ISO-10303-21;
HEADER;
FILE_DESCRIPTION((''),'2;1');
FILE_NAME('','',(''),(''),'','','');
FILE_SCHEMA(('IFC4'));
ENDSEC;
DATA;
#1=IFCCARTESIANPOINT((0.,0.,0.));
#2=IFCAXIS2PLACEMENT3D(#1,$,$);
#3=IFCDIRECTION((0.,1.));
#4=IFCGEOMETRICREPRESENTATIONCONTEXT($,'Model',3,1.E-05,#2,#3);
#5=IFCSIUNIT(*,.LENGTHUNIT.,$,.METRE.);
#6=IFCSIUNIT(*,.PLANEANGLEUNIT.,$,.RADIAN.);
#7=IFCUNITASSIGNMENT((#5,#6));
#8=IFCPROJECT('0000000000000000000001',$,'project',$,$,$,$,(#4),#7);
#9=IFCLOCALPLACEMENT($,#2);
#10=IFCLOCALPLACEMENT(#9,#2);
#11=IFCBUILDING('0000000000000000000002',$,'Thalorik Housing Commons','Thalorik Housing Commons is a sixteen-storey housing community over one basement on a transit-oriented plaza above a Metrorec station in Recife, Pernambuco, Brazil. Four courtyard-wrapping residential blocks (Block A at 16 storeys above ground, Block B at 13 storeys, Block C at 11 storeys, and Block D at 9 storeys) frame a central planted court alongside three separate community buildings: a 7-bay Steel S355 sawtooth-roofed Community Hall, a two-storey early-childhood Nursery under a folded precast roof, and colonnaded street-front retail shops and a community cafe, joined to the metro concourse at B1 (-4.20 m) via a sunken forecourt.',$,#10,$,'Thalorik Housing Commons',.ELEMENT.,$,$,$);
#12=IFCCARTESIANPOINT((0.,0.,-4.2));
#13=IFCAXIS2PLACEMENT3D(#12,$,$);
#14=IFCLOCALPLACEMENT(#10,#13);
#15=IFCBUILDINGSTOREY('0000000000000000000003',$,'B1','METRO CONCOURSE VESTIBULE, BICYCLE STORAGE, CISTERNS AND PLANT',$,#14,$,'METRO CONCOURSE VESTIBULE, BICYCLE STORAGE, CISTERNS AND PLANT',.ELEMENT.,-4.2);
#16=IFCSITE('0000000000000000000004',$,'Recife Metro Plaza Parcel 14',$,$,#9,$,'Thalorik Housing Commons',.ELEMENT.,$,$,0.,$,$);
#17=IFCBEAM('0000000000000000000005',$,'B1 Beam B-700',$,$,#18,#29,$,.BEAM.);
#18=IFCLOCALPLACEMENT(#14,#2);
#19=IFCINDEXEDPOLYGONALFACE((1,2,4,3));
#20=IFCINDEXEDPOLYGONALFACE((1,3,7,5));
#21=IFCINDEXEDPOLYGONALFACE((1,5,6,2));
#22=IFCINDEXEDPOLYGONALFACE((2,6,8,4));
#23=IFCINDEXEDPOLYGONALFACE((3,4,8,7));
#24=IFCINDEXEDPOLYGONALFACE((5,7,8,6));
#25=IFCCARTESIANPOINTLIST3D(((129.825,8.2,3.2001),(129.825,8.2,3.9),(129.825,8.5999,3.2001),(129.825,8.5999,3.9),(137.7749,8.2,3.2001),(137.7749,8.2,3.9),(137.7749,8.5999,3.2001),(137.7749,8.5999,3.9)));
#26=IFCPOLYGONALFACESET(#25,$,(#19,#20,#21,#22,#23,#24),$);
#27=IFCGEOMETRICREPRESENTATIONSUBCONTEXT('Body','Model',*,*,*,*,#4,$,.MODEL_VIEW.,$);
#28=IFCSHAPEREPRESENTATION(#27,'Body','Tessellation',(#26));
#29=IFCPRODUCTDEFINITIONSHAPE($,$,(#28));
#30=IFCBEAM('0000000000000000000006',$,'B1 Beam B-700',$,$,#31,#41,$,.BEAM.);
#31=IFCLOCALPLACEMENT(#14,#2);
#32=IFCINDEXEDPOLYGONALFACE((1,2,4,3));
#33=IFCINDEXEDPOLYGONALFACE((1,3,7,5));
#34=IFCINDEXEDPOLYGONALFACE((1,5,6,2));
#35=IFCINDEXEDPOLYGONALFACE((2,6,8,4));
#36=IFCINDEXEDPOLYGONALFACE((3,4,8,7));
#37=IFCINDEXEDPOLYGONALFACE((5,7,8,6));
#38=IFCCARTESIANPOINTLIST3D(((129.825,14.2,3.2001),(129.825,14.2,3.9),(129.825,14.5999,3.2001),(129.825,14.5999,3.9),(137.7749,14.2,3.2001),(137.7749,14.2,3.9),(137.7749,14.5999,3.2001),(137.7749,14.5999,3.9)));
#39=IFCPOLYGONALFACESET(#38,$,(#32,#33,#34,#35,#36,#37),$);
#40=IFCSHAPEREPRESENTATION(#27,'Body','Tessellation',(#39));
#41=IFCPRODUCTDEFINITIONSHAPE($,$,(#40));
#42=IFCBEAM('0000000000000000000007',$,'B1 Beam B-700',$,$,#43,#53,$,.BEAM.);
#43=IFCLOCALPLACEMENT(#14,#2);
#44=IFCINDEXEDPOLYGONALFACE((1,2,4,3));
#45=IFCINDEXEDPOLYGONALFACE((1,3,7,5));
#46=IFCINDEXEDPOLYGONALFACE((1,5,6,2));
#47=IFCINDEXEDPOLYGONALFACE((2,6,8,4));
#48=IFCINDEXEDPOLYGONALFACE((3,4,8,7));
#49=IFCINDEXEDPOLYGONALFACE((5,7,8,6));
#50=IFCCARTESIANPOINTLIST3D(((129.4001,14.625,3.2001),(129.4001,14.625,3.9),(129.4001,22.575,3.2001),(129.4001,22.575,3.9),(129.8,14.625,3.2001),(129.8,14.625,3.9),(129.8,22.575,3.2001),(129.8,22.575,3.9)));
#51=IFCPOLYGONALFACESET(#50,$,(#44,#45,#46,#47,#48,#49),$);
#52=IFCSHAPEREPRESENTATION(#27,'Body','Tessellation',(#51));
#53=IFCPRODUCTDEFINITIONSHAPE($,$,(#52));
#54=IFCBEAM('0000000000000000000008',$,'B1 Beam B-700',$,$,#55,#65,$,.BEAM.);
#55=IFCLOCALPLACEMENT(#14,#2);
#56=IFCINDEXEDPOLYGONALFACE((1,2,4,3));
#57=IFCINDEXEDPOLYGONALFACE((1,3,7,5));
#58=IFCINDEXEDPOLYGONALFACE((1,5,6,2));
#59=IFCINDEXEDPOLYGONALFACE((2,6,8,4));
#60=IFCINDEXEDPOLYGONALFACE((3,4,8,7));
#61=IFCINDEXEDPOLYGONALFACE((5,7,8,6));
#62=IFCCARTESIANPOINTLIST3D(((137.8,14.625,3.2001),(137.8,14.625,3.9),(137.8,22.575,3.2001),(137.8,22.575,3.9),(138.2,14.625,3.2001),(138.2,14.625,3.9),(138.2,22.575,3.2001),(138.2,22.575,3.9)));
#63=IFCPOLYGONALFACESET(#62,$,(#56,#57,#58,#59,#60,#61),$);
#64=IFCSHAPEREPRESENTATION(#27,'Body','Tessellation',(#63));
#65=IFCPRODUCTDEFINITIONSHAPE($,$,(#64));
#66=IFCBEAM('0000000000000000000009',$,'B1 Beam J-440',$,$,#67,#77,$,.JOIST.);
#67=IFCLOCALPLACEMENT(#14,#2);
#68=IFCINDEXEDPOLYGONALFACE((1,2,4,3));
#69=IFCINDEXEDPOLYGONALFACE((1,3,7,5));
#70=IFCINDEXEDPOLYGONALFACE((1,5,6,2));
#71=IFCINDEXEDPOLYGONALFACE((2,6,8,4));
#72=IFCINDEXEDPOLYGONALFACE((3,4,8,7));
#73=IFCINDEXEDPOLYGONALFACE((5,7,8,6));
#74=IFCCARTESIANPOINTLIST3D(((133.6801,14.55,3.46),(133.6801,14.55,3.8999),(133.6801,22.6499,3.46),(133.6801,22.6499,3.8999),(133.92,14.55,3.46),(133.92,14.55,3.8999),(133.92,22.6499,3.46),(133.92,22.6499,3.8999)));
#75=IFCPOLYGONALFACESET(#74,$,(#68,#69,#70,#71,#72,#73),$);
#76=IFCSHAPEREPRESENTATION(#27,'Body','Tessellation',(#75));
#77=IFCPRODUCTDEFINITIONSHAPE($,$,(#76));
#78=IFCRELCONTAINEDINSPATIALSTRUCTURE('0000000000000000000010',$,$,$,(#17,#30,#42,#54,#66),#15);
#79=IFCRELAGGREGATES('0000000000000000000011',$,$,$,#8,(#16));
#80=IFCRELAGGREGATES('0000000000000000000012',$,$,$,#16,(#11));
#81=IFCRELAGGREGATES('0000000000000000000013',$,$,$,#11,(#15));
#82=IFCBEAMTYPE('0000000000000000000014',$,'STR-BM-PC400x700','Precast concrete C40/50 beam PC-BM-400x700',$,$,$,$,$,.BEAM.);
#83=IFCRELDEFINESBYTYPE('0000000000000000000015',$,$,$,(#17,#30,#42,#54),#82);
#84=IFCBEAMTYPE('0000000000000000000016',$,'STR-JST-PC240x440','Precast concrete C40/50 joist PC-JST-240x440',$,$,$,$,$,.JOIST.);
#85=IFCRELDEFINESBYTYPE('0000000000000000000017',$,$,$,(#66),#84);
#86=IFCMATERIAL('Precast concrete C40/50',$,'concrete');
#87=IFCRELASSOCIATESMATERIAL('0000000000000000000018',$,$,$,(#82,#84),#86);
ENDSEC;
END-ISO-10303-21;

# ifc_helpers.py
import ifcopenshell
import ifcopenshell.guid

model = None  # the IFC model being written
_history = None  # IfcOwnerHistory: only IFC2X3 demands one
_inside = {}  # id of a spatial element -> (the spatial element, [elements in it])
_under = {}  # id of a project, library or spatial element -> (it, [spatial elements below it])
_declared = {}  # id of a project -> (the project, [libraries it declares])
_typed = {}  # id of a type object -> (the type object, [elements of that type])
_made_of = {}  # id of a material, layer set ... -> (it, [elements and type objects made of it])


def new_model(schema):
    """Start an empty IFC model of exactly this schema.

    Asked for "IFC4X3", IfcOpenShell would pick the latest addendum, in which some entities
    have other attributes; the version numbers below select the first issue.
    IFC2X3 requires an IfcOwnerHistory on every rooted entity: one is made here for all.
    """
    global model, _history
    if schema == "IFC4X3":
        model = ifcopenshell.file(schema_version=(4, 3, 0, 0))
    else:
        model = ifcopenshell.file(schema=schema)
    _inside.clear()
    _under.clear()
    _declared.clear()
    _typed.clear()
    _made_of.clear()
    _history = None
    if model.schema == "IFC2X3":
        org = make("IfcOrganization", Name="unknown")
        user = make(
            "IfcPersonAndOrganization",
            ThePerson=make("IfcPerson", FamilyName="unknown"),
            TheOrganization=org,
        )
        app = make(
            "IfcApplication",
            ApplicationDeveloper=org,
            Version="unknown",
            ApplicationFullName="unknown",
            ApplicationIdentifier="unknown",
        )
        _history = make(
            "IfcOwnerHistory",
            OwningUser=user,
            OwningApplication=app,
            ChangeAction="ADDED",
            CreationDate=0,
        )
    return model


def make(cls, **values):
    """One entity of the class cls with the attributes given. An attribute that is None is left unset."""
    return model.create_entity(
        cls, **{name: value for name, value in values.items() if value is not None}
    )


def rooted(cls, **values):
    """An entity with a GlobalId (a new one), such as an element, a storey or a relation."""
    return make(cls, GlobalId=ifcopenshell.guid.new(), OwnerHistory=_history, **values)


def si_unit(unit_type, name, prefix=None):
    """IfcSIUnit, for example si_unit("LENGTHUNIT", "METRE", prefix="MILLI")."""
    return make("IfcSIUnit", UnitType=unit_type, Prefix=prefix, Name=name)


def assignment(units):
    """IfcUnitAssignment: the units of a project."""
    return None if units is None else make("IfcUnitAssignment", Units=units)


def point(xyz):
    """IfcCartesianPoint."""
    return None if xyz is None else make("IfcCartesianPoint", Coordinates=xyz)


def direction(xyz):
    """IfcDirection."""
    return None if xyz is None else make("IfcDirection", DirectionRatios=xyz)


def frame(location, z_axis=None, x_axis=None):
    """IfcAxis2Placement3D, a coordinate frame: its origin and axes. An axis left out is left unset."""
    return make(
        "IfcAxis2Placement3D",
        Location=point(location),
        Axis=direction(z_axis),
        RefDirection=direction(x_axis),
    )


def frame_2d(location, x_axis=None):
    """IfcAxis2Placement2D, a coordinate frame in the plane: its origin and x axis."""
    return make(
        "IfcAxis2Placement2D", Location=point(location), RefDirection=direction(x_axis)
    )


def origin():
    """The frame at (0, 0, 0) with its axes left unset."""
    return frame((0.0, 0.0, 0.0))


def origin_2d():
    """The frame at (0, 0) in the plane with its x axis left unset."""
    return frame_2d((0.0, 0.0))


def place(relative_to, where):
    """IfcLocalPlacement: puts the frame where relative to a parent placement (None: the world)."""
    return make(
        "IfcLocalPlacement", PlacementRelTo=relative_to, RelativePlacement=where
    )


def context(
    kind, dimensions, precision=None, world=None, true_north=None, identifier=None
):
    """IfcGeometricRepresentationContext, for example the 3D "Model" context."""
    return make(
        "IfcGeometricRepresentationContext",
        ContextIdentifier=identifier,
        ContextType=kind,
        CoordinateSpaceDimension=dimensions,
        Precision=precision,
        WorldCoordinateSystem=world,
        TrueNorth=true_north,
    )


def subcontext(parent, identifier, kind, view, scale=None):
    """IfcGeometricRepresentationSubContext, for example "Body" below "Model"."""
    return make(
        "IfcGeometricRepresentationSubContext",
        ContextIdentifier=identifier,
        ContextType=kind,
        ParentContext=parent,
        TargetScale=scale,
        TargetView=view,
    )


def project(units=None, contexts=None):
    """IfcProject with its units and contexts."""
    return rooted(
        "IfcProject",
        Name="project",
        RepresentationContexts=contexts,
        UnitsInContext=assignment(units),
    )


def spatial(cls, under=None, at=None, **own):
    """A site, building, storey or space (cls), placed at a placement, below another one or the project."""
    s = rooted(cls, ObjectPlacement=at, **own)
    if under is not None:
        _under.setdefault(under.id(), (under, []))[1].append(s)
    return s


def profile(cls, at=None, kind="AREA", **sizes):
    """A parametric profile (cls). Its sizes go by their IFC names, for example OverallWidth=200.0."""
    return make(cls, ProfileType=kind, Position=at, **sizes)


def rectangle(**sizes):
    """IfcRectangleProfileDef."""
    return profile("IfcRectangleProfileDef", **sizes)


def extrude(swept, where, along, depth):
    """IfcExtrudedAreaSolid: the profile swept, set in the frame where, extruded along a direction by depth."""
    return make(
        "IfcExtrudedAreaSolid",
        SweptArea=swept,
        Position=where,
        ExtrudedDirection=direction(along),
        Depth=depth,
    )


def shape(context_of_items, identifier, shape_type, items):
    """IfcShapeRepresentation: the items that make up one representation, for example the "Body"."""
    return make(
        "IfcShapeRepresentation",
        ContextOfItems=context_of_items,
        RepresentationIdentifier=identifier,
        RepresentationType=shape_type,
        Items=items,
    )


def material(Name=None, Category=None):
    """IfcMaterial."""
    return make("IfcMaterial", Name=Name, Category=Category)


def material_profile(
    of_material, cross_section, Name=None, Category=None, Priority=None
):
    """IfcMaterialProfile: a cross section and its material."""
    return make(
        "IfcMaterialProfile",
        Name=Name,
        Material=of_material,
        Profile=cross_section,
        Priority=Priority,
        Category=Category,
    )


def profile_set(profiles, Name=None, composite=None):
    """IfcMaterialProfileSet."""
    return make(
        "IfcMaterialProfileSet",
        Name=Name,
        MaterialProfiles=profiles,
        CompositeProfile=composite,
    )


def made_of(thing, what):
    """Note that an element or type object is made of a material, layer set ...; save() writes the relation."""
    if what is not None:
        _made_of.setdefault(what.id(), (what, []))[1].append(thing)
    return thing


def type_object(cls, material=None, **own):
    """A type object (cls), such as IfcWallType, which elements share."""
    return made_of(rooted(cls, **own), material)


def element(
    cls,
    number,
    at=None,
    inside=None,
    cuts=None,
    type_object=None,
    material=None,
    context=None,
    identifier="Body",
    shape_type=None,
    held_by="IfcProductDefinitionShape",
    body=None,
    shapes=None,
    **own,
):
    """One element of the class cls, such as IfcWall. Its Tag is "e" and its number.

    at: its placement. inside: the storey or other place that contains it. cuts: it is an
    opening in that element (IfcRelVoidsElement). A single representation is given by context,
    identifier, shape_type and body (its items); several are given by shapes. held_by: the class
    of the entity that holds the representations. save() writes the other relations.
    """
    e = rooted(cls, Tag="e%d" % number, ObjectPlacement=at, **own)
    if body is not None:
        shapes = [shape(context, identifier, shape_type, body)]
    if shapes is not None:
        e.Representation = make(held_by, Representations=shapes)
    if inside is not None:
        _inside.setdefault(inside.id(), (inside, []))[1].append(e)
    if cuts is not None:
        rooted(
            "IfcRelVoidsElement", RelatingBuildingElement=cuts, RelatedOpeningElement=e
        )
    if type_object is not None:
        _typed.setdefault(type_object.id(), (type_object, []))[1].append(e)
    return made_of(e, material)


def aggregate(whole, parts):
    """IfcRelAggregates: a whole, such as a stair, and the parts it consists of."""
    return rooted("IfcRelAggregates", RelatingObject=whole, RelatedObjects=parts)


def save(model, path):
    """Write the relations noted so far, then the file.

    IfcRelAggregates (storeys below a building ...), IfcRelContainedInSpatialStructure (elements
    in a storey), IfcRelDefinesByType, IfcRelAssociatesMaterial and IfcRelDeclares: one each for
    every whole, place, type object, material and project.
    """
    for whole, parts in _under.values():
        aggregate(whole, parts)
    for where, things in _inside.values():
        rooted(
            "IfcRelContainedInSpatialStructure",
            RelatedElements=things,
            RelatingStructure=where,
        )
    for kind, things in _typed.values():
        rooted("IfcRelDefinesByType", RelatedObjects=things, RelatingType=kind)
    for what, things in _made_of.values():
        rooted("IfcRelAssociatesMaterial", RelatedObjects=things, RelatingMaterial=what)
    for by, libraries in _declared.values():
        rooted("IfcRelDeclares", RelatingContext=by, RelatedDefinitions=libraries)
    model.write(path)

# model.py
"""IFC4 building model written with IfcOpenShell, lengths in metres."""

from ifc_helpers import new_model, si_unit, direction, frame, origin, origin_2d, place, context, subcontext, project, spatial, rectangle, extrude, material, material_profile, profile_set, type_object, element, save


model = new_model("IFC4")

# Units and contexts
model_context = context("Model", 3, precision=1e-05, world=origin(), true_north=direction((0.0, 1.0)))
body_context = subcontext(model_context, "Body", "Model", "MODEL_VIEW")
ifc_project = project(units=[si_unit("LENGTHUNIT", "METRE"), si_unit("PLANEANGLEUNIT", "RADIAN")], contexts=[model_context])

# Site, building, storey
site_placement = place(None, origin())
site = spatial("IfcSite", under=ifc_project, at=site_placement, Name="Recife Metro Plaza Parcel 14", LongName="Thalorik Housing Commons", CompositionType="ELEMENT", RefElevation=0.0)
building_placement = place(site_placement, origin())
building = spatial("IfcBuilding", under=site, at=building_placement, Name="Thalorik Housing Commons", Description="Thalorik Housing Commons is a sixteen-storey housing community over one basement on a transit-oriented plaza above a Metrorec station in Recife, Pernambuco, Brazil. Four courtyard-wrapping residential blocks (Block A at 16 storeys above ground, Block B at 13 storeys, Block C at 11 storeys, and Block D at 9 storeys) frame a central planted court alongside three separate community buildings: a 7-bay Steel S355 sawtooth-roofed Community Hall, a two-storey early-childhood Nursery under a folded precast roof, and colonnaded street-front retail shops and a community cafe, joined to the metro concourse at B1 (-4.20 m) via a sunken forecourt.", LongName="Thalorik Housing Commons", CompositionType="ELEMENT")
storey_placement = place(building_placement, frame((0.0, 0.0, -4.2)))
storey = spatial("IfcBuildingStorey", under=building, at=storey_placement, Name="B1", Description="METRO CONCOURSE VESTIBULE, BICYCLE STORAGE, CISTERNS AND PLANT", LongName="METRO CONCOURSE VESTIBULE, BICYCLE STORAGE, CISTERNS AND PLANT", CompositionType="ELEMENT", Elevation=-4.2)

# Shared definitions
ifc_material_1 = material(Name="Precast concrete C40/50", Category="concrete")

# Beams
ifc_material_profile_1 = material_profile(ifc_material_1, rectangle(XDim=0.3999, YDim=0.7, at=origin_2d()), Name="PC 400x700", Category="concrete")
ifc_profile_set_1 = profile_set([ifc_material_profile_1], Name="Precast concrete C40/50")
beam_type_1 = type_object("IfcBeamType", Name="STR-BM-PC400x700", Description="Precast concrete C40/50 beam PC-BM-400x700", PredefinedType="BEAM", material=ifc_profile_set_1)
for number, where, z_axis, x_axis, name in (
    (1, (129.825, 8.3999, 3.55), (1.0, 0.0, 0.0), (0.0, 1.0, 0.0), "B1 Beam B-700"),
    (2, (129.825, 14.3999, 3.55), (1.0, 0.0, 0.0), (0.0, 1.0, 0.0), "B1 Beam B-700"),
    (3, (129.6001, 14.625, 3.55), (0.0, 1.0, 0.0), (-1.0, 0.0, 0.0), "B1 Beam B-700"),
    (4, (138.0, 14.625, 3.55), (0.0, 1.0, 0.0), (-1.0, 0.0, 0.0), "B1 Beam B-700"),
):
    element("IfcBeam", number, at=place(storey_placement, frame(where, z_axis=z_axis, x_axis=x_axis)), inside=storey, type_object=beam_type_1, Name=name, PredefinedType="BEAM", context=body_context, shape_type="SweptSolid", body=[
        extrude(rectangle(XDim=0.3999, YDim=0.7, at=origin_2d()), origin(), (0.0, 0.0, 1.0), 7.95),
    ])
ifc_material_profile_2 = material_profile(ifc_material_1, rectangle(XDim=0.24, YDim=0.4399, at=origin_2d()), Name="PC JST 240x440", Category="concrete")
ifc_profile_set_2 = profile_set([ifc_material_profile_2], Name="Precast concrete C40/50")
beam_type_2 = type_object("IfcBeamType", Name="STR-JST-PC240x440", Description="Precast concrete C40/50 joist PC-JST-240x440", PredefinedType="JOIST", material=ifc_profile_set_2)
beam_placement = place(storey_placement, frame((133.8, 14.55, 3.6799), z_axis=(0.0, 1.0, 0.0), x_axis=(-1.0, 0.0, 0.0)))
element("IfcBeam", 5, at=beam_placement, inside=storey, type_object=beam_type_2, Name="B1 Beam J-440", PredefinedType="JOIST", context=body_context, shape_type="SweptSolid", body=[
    extrude(rectangle(XDim=0.24, YDim=0.4399, at=origin_2d()), origin(), (0.0, 0.0, 1.0), 8.0999),
])

save(model, "model.ifc")
